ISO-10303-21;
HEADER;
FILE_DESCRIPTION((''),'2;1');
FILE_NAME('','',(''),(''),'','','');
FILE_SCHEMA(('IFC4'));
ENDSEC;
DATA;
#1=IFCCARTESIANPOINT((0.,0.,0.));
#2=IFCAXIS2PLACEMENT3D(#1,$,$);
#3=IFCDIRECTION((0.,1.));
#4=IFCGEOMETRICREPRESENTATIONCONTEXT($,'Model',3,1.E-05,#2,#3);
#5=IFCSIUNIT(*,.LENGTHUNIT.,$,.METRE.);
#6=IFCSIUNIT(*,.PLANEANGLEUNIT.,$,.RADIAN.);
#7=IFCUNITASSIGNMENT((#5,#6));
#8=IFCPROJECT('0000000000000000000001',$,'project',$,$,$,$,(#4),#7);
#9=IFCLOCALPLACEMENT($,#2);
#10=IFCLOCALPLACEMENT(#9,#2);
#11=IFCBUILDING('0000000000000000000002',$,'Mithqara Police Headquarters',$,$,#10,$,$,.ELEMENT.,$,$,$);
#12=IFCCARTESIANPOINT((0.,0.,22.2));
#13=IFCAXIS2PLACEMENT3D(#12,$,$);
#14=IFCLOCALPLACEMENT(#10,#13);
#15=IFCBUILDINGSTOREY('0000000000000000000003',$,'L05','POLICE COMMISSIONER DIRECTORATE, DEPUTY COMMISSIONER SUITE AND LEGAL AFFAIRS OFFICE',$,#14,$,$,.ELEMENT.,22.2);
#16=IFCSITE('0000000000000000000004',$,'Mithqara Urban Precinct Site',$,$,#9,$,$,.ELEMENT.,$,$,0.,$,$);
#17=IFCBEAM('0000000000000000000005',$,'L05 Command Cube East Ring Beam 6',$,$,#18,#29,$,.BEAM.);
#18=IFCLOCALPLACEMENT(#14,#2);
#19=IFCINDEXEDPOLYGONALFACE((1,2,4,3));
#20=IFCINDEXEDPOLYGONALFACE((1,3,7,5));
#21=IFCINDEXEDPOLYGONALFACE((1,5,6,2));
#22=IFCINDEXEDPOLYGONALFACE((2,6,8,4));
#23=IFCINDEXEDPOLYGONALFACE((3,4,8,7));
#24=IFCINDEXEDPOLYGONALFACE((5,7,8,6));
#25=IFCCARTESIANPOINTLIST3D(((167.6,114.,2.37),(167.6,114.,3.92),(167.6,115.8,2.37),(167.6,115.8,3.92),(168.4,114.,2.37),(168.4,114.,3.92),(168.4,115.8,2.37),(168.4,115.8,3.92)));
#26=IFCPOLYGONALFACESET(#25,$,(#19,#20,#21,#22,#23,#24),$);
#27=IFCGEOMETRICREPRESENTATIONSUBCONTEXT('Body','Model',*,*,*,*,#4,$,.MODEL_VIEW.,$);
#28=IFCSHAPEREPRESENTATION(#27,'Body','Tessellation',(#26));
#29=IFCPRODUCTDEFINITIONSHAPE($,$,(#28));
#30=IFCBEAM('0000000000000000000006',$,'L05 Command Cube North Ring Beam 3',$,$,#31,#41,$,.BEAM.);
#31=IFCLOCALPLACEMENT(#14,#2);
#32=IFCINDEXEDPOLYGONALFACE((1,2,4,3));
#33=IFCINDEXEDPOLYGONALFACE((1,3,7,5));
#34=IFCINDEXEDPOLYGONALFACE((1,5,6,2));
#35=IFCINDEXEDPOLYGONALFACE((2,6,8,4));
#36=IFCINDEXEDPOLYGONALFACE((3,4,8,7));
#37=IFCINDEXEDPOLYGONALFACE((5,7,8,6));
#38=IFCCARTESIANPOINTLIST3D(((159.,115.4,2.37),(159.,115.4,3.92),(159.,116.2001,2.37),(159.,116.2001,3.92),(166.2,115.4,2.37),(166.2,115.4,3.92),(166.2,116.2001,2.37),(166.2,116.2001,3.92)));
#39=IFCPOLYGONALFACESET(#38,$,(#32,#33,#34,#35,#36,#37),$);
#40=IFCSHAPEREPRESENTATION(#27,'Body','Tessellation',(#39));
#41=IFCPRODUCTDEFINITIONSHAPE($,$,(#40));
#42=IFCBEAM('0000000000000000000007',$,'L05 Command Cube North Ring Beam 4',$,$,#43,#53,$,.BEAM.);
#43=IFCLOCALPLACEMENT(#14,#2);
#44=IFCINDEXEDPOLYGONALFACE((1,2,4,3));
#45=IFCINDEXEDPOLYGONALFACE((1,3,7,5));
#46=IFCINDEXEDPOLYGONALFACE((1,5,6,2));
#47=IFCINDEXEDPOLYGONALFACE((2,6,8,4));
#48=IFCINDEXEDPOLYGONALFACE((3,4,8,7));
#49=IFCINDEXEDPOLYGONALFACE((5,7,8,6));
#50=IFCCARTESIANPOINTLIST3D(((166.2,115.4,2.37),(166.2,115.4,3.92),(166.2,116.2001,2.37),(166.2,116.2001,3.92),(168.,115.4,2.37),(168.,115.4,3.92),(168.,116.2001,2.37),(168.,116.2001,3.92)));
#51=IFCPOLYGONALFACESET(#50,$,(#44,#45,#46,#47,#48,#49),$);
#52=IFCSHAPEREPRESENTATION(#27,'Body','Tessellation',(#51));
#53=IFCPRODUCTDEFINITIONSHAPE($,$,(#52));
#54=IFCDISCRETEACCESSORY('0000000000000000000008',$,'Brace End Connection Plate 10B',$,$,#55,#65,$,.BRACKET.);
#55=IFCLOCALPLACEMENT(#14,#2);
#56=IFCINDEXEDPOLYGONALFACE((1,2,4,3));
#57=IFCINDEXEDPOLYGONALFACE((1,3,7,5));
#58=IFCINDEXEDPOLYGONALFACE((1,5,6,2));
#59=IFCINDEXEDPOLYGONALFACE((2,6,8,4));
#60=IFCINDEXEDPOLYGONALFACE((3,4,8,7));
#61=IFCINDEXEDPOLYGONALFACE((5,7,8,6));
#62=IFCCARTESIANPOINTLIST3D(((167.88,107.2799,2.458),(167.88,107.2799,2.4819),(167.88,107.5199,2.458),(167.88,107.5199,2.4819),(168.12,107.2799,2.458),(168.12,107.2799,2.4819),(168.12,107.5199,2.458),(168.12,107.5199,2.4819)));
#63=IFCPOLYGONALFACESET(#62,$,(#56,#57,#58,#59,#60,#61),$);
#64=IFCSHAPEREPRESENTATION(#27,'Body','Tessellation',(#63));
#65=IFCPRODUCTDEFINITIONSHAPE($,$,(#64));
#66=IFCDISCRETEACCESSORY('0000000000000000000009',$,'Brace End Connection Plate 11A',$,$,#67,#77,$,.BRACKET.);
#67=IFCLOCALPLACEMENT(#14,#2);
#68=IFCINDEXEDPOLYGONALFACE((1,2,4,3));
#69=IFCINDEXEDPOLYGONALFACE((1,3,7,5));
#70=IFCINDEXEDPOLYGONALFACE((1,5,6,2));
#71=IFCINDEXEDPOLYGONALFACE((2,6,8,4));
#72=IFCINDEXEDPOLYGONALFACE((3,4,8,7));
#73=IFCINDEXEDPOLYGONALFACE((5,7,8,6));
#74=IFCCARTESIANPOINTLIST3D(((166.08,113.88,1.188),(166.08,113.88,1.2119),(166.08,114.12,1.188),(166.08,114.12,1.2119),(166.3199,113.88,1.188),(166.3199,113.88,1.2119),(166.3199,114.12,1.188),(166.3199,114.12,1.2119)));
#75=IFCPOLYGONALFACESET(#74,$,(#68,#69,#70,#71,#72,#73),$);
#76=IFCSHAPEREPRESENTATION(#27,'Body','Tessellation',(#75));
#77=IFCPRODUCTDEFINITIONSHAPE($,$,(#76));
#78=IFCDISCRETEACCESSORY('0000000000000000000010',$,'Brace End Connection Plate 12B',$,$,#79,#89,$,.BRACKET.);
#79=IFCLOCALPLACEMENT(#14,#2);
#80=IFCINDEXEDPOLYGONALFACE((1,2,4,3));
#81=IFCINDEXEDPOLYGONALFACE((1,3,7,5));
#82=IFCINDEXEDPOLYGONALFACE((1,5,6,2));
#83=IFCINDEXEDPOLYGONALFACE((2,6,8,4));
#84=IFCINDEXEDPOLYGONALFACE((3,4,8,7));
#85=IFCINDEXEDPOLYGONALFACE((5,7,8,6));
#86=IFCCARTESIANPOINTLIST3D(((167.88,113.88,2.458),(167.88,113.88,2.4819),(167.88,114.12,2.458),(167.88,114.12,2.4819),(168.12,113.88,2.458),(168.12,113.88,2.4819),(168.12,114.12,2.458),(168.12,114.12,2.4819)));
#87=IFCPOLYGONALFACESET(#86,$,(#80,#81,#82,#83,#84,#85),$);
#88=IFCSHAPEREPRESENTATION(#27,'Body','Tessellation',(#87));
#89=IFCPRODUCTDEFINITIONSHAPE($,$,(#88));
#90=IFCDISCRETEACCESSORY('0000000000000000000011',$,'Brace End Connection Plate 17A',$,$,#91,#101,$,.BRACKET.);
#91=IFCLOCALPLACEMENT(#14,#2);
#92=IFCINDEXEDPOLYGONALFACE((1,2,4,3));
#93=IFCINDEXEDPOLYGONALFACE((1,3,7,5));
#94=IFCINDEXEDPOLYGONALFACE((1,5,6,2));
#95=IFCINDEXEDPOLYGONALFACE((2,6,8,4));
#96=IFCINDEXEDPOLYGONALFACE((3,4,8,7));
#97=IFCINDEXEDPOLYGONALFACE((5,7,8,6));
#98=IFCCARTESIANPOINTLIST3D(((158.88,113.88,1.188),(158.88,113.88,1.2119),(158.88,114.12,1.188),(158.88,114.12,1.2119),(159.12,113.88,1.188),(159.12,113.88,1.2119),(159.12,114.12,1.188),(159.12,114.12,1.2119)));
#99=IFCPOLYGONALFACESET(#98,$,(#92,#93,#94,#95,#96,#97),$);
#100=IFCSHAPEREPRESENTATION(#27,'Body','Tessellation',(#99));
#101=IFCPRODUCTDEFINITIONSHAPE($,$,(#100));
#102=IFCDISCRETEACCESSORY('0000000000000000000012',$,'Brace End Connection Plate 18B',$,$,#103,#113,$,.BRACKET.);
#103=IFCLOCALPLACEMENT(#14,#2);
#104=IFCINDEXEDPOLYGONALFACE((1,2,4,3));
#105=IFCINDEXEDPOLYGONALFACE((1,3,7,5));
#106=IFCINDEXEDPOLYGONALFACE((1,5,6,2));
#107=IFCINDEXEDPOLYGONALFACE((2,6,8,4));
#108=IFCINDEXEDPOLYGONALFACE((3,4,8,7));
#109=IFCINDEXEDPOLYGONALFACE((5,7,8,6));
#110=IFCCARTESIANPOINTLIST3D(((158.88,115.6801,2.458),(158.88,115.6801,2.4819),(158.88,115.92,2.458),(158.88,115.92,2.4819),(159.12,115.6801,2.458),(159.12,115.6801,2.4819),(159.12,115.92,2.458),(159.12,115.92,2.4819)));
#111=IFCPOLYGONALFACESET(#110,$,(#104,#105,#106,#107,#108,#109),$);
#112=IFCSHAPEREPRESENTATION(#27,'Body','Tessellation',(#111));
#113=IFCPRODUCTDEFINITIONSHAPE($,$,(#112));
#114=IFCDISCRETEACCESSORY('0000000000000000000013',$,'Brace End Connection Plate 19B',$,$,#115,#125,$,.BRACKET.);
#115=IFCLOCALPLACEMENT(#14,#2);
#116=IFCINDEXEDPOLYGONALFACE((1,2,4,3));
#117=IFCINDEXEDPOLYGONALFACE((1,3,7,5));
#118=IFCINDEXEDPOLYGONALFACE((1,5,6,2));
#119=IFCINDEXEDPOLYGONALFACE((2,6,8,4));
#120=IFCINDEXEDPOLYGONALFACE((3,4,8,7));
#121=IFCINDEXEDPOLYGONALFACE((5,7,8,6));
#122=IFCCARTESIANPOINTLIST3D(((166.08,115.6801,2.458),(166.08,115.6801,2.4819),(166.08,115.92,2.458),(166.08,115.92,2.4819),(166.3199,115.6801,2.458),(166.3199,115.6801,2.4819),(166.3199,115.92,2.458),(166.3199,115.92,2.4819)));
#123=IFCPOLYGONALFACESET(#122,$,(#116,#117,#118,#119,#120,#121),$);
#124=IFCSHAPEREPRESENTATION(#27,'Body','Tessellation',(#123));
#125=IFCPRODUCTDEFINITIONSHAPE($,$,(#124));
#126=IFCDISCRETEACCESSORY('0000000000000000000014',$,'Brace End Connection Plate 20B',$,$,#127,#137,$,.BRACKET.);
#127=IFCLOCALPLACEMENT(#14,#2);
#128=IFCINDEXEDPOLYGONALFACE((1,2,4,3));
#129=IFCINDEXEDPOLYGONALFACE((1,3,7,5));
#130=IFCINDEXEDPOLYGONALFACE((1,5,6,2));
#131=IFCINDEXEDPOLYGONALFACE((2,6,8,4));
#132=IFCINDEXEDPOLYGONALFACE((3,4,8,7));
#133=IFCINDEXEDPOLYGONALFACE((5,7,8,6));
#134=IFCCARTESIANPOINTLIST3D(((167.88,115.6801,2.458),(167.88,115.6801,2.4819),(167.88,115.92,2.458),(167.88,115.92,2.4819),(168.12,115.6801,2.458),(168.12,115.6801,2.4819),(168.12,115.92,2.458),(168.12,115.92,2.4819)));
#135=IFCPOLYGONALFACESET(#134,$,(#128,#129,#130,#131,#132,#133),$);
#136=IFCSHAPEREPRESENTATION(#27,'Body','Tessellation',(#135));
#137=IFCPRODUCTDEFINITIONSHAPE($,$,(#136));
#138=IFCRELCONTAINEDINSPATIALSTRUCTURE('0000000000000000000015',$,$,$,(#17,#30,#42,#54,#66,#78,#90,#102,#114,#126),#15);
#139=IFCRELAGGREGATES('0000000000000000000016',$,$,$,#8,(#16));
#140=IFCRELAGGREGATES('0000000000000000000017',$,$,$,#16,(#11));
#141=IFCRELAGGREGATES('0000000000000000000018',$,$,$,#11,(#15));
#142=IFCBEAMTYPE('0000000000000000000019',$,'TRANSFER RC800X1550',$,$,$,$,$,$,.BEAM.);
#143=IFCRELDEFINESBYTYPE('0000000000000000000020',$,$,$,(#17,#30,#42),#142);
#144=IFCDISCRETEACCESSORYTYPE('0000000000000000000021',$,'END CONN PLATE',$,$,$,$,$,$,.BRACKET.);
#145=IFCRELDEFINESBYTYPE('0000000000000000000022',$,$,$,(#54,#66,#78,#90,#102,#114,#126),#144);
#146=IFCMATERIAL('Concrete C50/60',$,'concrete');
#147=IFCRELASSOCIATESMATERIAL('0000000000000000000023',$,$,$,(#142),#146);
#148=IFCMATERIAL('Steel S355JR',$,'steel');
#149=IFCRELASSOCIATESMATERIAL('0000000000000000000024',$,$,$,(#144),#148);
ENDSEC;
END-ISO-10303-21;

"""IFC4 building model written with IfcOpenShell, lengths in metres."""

from ifc_helpers import new_model, si_unit, direction, frame, origin, origin_2d, place, context, subcontext, project, spatial, rectangle, extrude, material, material_profile, profile_set, type_object, element, save


model = new_model("IFC4")

# Units and contexts
model_context = context("Model", 3, precision=1e-05, world=origin(), true_north=direction((0.0, 1.0)))
body_context = subcontext(model_context, "Body", "Model", "MODEL_VIEW")
ifc_project = project(units=[si_unit("LENGTHUNIT", "METRE"), si_unit("PLANEANGLEUNIT", "RADIAN")], contexts=[model_context])

# Site, building, storey
site_placement = place(None, origin())
site = spatial("IfcSite", under=ifc_project, at=site_placement, Name="Mithqara Urban Precinct Site", CompositionType="ELEMENT", RefElevation=0.0)
building_placement = place(site_placement, origin())
building = spatial("IfcBuilding", under=site, at=building_placement, Name="Mithqara Police Headquarters", CompositionType="ELEMENT")
storey_placement = place(building_placement, frame((0.0, 0.0, 22.2)))
storey = spatial("IfcBuildingStorey", under=building, at=storey_placement, Name="L05", Description="POLICE COMMISSIONER DIRECTORATE, DEPUTY COMMISSIONER SUITE AND LEGAL AFFAIRS OFFICE", CompositionType="ELEMENT", Elevation=22.2)

# Shared definitions
ifc_material_1 = material(Name="Concrete C50/60", Category="concrete")

# Shared definitions
ifc_material_2 = material(Name="Steel S355JR", Category="steel")

# Beams
ifc_material_profile_1 = material_profile(ifc_material_1, rectangle(XDim=0.8, YDim=1.55, at=origin_2d()), Name="RC 800x1550")
ifc_profile_set_1 = profile_set([ifc_material_profile_1], Name="Concrete C50/60")
beam_type_1 = type_object("IfcBeamType", Name="TRANSFER RC800X1550", PredefinedType="BEAM", material=ifc_profile_set_1)
beam_1_placement = place(storey_placement, frame((168.0, 114.0, 3.145), z_axis=(0.0, 1.0, 0.0), x_axis=(-1.0, 0.0, 0.0)))
element("IfcBeam", 1, at=beam_1_placement, inside=storey, type_object=beam_type_1, Name="L05 Command Cube East Ring Beam 6", PredefinedType="BEAM", context=body_context, shape_type="SweptSolid", body=[
    extrude(rectangle(XDim=0.8, YDim=1.55, at=origin_2d()), origin(), (0.0, 0.0, 1.0), 1.8),
])
beam_2_placement = place(storey_placement, frame((159.0, 115.8, 3.145), z_axis=(1.0, 0.0, 0.0), x_axis=(0.0, 1.0, 0.0)))
element("IfcBeam", 2, at=beam_2_placement, inside=storey, type_object=beam_type_1, Name="L05 Command Cube North Ring Beam 3", PredefinedType="BEAM", context=body_context, shape_type="SweptSolid", body=[
    extrude(rectangle(XDim=0.8, YDim=1.55, at=origin_2d()), origin(), (0.0, 0.0, 1.0), 7.2),
])
beam_3_placement = place(storey_placement, frame((166.2, 115.8, 3.145), z_axis=(1.0, 0.0, 0.0), x_axis=(0.0, 1.0, 0.0)))
element("IfcBeam", 3, at=beam_3_placement, inside=storey, type_object=beam_type_1, Name="L05 Command Cube North Ring Beam 4", PredefinedType="BEAM", context=body_context, shape_type="SweptSolid", body=[
    extrude(rectangle(XDim=0.8, YDim=1.55, at=origin_2d()), origin(), (0.0, 0.0, 1.0), 1.8),
])

# Discrete accessories
discrete_accessory_type = type_object("IfcDiscreteAccessoryType", Name="END CONN PLATE", PredefinedType="BRACKET", material=ifc_material_2)
for number, where, z_axis, x_axis, name in (
    (4, (168.0, 107.3999, 2.458), (0.0, 0.0, 1.0), (1.0, 0.0, 0.0), "Brace End Connection Plate 10B"),
    (5, (166.2, 114.0, 1.188), (0.0, 0.0, 1.0), (1.0, 0.0, 0.0), "Brace End Connection Plate 11A"),
    (6, (168.0, 114.0, 2.458), (0.0, 0.0, 1.0), (1.0, 0.0, 0.0), "Brace End Connection Plate 12B"),
    (7, (159.0, 114.0, 1.188), (0.0, 0.0, 1.0), (1.0, 0.0, 0.0), "Brace End Connection Plate 17A"),
    (8, (159.0, 115.8, 2.458), (0.0, 0.0, 1.0), (1.0, 0.0, 0.0), "Brace End Connection Plate 18B"),
    (9, (166.2, 115.8, 2.458), (0.0, 0.0, 1.0), (1.0, 0.0, 0.0), "Brace End Connection Plate 19B"),
    (10, (168.0, 115.8, 2.458), (0.0, 0.0, 1.0), (1.0, 0.0, 0.0), "Brace End Connection Plate 20B"),
):
    element("IfcDiscreteAccessory", number, at=place(storey_placement, frame(where, z_axis=z_axis, x_axis=x_axis)), inside=storey, type_object=discrete_accessory_type, Name=name, PredefinedType="BRACKET", context=body_context, shape_type="SweptSolid", body=[
        extrude(rectangle(XDim=0.24, YDim=0.24, at=origin_2d()), origin(), (0.0, 0.0, 1.0), 0.0239),
    ])

save(model, "model.ifc")
